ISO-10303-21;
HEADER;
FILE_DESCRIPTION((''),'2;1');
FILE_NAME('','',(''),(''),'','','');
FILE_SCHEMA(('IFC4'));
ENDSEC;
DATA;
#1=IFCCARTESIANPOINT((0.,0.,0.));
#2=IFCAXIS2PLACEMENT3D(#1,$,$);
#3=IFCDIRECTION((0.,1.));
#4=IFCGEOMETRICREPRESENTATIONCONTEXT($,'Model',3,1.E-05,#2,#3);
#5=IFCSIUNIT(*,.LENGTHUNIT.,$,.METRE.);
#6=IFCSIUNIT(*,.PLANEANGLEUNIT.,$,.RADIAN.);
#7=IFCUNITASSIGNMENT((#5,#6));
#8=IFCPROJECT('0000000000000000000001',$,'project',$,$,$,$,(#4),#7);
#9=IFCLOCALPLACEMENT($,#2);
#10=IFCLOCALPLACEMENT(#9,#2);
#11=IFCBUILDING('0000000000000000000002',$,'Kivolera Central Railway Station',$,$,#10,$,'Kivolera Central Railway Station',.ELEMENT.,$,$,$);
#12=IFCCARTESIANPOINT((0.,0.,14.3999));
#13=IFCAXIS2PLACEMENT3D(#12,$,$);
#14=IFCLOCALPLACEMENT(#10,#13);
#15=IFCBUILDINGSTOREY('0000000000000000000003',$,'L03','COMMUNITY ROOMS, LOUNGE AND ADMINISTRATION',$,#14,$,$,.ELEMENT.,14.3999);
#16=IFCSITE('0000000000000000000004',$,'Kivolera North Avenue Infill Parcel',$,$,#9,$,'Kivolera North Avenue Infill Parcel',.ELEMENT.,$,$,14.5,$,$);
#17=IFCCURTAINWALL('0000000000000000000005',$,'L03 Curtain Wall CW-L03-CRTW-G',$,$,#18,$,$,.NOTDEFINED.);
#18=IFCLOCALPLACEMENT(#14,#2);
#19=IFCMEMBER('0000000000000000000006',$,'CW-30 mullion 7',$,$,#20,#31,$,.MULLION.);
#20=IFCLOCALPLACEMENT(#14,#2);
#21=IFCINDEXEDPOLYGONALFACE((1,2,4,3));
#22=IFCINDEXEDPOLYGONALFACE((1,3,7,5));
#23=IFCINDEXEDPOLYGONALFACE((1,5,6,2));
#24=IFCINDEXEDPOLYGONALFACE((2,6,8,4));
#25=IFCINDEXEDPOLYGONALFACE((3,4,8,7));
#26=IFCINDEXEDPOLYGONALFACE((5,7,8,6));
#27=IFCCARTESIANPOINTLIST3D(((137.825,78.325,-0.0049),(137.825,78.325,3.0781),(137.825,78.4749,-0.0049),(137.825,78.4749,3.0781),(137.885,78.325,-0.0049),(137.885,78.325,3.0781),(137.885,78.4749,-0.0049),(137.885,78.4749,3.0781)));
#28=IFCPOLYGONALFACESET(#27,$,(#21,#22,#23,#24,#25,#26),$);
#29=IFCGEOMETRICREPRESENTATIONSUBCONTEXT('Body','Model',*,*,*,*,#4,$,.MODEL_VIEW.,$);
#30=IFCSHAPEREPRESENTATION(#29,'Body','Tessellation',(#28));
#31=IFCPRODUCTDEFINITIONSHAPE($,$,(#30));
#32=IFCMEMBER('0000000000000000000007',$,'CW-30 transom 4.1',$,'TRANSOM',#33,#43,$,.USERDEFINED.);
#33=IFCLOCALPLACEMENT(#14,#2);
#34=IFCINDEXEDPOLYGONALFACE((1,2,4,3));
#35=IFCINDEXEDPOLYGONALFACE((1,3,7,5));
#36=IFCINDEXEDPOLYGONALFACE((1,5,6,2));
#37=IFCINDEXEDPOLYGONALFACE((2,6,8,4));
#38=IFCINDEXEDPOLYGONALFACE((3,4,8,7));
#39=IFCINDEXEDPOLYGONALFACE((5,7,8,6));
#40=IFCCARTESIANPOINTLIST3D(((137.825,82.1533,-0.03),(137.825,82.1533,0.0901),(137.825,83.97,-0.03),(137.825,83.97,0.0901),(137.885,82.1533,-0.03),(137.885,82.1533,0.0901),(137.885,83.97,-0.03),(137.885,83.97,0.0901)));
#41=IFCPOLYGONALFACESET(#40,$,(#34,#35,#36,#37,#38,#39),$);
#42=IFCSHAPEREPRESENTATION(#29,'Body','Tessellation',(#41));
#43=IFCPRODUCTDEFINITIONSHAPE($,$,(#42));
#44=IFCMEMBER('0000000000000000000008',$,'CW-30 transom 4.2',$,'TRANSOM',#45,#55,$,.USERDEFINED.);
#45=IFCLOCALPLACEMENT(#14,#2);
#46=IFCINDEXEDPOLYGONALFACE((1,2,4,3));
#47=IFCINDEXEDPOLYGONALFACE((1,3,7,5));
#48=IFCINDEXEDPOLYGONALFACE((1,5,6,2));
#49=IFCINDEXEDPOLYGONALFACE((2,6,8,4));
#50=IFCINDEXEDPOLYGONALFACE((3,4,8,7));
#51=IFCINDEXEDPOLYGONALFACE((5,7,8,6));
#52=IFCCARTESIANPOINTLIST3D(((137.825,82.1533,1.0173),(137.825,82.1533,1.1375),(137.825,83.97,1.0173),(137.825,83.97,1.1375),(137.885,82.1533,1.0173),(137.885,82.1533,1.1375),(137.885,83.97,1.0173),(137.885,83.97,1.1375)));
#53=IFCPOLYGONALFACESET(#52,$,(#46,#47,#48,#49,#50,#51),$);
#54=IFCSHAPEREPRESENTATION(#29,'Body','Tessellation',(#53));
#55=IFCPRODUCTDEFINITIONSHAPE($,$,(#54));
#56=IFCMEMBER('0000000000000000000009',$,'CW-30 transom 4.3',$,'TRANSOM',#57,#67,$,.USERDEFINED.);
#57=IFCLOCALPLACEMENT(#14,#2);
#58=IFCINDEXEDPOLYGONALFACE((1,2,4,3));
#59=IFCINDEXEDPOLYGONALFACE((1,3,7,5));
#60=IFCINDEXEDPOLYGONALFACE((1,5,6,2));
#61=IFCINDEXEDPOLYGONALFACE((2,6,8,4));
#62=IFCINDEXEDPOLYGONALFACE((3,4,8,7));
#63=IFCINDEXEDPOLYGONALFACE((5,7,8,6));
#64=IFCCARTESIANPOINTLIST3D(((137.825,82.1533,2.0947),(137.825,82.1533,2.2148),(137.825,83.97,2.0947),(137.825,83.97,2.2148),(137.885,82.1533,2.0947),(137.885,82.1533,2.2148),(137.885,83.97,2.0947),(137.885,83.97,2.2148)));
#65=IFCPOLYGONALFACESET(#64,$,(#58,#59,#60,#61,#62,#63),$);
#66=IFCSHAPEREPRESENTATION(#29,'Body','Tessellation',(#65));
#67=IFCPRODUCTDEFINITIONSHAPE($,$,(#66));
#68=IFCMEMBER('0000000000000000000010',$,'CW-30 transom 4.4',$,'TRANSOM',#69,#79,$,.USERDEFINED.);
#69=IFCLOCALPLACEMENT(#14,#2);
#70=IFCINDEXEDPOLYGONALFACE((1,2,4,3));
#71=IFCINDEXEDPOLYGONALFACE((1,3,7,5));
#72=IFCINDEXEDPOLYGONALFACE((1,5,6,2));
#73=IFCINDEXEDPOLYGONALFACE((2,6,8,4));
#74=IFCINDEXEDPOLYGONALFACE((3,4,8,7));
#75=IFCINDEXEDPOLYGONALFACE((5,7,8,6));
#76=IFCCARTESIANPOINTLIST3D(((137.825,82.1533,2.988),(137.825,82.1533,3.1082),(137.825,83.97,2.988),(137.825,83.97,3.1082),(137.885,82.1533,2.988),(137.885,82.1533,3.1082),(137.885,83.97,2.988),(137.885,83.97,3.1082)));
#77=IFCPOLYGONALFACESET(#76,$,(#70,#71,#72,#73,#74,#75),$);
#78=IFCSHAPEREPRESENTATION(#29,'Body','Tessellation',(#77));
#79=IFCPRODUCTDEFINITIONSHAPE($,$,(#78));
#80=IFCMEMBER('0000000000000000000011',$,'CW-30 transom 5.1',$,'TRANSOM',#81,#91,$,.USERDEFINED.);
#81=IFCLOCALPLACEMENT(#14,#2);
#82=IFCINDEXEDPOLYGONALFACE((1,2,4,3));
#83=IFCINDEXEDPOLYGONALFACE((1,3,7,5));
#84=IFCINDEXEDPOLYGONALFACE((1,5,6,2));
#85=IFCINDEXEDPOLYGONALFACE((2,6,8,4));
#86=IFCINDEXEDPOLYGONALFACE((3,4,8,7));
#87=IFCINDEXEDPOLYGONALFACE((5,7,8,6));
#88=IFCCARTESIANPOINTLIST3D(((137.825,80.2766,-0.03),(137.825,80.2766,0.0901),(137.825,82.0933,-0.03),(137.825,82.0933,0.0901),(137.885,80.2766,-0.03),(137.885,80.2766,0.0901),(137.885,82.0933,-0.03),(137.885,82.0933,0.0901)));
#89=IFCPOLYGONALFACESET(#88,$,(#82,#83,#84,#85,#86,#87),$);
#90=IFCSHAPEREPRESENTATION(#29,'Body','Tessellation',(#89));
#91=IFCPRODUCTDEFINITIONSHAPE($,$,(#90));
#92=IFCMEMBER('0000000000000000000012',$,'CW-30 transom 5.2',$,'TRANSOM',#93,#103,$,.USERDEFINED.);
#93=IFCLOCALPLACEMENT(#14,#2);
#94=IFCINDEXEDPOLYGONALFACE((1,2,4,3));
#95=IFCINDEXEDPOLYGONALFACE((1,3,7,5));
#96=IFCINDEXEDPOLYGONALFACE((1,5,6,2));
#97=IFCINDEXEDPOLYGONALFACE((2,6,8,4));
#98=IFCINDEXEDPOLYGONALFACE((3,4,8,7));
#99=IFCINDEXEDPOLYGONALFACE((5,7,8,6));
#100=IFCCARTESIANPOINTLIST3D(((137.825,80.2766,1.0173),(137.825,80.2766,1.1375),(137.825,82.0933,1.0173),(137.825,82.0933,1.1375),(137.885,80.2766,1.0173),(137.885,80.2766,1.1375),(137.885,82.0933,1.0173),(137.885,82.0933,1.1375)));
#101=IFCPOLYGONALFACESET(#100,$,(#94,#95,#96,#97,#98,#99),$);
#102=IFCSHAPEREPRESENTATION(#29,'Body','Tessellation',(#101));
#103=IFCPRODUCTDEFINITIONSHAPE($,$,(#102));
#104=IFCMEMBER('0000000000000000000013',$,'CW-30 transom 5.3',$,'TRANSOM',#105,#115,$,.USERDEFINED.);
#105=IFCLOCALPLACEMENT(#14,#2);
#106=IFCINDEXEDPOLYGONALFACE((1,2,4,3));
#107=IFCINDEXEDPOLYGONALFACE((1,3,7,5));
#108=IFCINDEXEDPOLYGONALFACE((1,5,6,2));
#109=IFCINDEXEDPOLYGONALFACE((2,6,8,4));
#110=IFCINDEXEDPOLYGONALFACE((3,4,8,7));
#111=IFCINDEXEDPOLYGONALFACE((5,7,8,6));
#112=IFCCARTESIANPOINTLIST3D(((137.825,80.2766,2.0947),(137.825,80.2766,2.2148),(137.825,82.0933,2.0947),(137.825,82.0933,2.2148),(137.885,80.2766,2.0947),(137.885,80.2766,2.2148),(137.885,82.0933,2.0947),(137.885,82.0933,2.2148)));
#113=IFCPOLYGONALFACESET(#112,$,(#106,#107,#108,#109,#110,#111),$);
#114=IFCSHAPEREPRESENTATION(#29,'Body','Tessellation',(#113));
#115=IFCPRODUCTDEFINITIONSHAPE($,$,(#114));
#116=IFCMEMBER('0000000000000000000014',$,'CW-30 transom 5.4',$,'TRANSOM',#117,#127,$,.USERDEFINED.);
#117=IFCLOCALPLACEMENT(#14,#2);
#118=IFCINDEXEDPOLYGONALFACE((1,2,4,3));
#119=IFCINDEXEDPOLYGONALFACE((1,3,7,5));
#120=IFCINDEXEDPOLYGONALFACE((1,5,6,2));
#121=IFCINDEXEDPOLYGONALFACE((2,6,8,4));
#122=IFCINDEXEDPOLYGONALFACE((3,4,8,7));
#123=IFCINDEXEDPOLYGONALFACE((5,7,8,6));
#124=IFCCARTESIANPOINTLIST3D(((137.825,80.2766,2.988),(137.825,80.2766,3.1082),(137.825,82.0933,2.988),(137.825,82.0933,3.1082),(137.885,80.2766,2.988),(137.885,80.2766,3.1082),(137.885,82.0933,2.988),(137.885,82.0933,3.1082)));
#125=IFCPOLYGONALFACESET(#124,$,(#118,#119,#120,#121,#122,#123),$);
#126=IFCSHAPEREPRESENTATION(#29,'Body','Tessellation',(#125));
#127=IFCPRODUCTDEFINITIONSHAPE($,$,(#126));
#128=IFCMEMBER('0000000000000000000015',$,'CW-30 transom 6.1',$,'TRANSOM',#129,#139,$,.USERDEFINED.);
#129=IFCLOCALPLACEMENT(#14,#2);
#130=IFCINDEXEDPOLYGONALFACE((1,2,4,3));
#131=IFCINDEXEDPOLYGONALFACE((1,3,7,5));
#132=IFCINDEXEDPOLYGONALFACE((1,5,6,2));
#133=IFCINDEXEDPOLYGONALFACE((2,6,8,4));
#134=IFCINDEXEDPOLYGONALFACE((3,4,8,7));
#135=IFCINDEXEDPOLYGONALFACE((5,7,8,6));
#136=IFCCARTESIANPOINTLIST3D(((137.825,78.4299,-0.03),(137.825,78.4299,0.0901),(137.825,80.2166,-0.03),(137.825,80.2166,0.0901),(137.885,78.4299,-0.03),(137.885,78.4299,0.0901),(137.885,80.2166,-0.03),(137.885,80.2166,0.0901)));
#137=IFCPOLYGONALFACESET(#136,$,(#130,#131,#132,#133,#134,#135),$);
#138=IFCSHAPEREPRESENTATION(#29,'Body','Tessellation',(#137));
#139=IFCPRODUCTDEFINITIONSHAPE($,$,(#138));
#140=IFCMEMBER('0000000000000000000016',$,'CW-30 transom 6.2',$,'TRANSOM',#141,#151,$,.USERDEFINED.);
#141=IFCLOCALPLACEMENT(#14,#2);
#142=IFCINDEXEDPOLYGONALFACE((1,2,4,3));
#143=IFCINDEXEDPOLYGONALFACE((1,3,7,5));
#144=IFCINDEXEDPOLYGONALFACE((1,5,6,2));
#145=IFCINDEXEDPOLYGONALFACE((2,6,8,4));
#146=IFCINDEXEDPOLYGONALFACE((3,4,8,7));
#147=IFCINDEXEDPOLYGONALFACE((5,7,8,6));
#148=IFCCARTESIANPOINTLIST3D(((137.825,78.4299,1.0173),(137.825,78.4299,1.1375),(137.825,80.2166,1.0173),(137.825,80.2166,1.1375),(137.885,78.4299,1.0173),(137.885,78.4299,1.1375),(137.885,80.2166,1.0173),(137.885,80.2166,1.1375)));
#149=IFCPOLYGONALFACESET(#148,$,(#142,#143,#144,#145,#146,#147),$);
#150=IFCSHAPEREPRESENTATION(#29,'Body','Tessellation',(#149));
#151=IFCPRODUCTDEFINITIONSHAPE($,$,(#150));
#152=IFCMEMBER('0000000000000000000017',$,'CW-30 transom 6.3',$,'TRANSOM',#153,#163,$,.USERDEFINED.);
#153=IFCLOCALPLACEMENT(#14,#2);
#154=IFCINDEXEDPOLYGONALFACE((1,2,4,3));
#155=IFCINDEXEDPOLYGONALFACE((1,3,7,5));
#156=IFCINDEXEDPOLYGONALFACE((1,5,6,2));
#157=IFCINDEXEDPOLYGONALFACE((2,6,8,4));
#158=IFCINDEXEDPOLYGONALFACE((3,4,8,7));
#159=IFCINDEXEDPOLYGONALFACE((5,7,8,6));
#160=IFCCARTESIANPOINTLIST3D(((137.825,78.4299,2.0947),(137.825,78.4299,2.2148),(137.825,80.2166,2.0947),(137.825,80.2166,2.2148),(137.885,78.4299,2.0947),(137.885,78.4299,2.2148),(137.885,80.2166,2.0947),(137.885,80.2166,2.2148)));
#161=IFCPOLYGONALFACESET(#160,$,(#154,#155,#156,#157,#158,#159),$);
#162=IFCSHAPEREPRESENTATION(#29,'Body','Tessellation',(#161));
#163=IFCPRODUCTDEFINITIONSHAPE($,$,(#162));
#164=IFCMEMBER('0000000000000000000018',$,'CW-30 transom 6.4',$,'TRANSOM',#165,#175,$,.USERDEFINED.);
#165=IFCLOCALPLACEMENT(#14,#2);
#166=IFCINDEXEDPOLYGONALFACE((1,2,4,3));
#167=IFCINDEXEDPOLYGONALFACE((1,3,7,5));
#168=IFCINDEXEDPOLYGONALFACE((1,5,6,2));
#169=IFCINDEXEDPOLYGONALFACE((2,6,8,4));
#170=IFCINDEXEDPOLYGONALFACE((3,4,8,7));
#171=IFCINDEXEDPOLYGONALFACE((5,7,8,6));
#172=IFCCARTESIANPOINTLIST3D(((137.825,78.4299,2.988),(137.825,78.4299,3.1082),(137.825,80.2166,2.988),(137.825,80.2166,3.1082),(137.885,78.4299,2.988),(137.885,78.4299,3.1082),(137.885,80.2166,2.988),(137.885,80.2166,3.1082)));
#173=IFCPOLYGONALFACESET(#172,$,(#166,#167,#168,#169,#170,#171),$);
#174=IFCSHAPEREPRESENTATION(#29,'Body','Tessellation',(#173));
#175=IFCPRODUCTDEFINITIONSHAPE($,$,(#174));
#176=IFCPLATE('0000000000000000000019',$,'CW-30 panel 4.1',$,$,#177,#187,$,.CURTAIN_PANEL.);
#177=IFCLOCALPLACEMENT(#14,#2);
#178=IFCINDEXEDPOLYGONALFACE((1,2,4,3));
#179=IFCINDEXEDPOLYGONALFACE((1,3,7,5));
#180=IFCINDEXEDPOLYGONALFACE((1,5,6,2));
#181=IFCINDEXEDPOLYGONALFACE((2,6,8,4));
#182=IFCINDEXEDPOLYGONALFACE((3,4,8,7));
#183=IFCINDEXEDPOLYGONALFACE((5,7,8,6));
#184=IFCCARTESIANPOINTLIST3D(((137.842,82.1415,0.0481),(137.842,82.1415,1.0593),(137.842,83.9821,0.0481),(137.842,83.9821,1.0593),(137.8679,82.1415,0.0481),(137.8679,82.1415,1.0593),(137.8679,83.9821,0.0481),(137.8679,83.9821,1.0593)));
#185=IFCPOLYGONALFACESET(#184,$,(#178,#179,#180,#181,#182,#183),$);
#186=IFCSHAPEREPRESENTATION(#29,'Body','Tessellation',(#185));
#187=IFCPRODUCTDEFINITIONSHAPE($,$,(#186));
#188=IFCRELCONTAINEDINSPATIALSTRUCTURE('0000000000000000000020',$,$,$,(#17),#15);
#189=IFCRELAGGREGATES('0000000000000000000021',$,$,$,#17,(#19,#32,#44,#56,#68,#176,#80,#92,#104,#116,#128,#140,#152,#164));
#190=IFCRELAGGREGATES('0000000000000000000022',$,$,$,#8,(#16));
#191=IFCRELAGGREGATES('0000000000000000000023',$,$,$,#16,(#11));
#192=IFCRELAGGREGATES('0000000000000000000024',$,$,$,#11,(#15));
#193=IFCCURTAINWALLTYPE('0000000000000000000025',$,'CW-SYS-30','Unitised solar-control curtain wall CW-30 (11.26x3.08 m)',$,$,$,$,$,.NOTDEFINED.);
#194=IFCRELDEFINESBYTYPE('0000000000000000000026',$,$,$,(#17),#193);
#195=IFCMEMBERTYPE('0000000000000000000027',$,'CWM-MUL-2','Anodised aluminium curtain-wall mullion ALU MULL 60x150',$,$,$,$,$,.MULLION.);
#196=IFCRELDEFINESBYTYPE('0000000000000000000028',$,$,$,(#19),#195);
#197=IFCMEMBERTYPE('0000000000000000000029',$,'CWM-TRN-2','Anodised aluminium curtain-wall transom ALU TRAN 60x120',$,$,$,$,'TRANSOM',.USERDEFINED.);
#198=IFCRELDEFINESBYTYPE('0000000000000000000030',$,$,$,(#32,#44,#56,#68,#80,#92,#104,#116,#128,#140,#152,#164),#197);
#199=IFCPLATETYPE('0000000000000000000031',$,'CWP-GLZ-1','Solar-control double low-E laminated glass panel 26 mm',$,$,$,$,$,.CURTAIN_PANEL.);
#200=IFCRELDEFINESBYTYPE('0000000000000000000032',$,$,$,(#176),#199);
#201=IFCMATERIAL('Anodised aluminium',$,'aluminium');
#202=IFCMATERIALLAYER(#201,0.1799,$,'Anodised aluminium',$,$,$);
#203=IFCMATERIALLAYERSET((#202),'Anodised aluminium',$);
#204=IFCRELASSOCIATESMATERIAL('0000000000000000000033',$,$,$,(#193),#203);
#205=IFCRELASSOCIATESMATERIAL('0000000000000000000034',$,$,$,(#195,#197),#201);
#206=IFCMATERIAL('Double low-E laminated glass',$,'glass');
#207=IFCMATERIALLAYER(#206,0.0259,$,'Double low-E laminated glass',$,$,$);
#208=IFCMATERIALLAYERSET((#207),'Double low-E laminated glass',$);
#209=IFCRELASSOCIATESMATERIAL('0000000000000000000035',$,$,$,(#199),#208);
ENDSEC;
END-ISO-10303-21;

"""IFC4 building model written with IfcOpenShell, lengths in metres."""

from ifc_helpers import new_model, si_unit, direction, frame, origin, origin_2d, place, context, subcontext, project, spatial, rectangle, extrude, material, layer, layer_set, material_profile, profile_set, type_object, element, aggregate, save


model = new_model("IFC4")

# Units and contexts
model_context = context("Model", 3, precision=1e-05, world=origin(), true_north=direction((0.0, 1.0)))
body_context = subcontext(model_context, "Body", "Model", "MODEL_VIEW")
ifc_project = project(units=[si_unit("LENGTHUNIT", "METRE"), si_unit("PLANEANGLEUNIT", "RADIAN")], contexts=[model_context])

# Site, building, storey
site_placement = place(None, origin())
site = spatial("IfcSite", under=ifc_project, at=site_placement, Name="Kivolera North Avenue Infill Parcel", LongName="Kivolera North Avenue Infill Parcel", CompositionType="ELEMENT", RefElevation=14.5)
building_placement = place(site_placement, origin())
building = spatial("IfcBuilding", under=site, at=building_placement, Name="Kivolera Central Railway Station", LongName="Kivolera Central Railway Station", CompositionType="ELEMENT")
storey_placement = place(building_placement, frame((0.0, 0.0, 14.3999)))
storey = spatial("IfcBuildingStorey", under=building, at=storey_placement, Name="L03", Description="COMMUNITY ROOMS, LOUNGE AND ADMINISTRATION", CompositionType="ELEMENT", Elevation=14.3999)

# Curtain wall, members, plate
ifc_material_1 = material(Name="Anodised aluminium", Category="aluminium")
ifc_layer_1 = layer(ifc_material_1, 0.1799, Name="Anodised aluminium")
ifc_layer_set_1 = layer_set([ifc_layer_1], Name="Anodised aluminium")
curtain_wall_type = type_object("IfcCurtainWallType", Name="CW-SYS-30", Description="Unitised solar-control curtain wall CW-30 (11.26x3.08 m)", PredefinedType="NOTDEFINED", material=ifc_layer_set_1)
curtain_wall_placement = place(storey_placement, origin())
curtain_wall = element("IfcCurtainWall", 1, at=curtain_wall_placement, inside=storey, type_object=curtain_wall_type, Name="L03 Curtain Wall CW-L03-CRTW-G", PredefinedType="NOTDEFINED")
ifc_material_profile_1 = material_profile(ifc_material_1, rectangle(XDim=0.0601, YDim=0.1499, at=origin_2d()), Name="ALU MULL 60x150")
ifc_profile_set_1 = profile_set([ifc_material_profile_1], Name="Anodised aluminium")
member_type_1 = type_object("IfcMemberType", Name="CWM-MUL-2", Description="Anodised aluminium curtain-wall mullion ALU MULL 60x150", PredefinedType="MULLION", material=ifc_profile_set_1)
member_1_placement = place(storey_placement, frame((137.855, 78.3999, -0.0049), z_axis=(0.0, 0.0, 1.0), x_axis=(1.0, 0.0, 0.0)))
member_1 = element("IfcMember", 2, at=member_1_placement, type_object=member_type_1, Name="CW-30 mullion 7", PredefinedType="MULLION", context=body_context, shape_type="SweptSolid", body=[
    extrude(rectangle(XDim=0.0601, YDim=0.1499, at=origin_2d()), origin(), (0.0, 0.0, 1.0), 3.083),
])
ifc_material_profile_2 = material_profile(ifc_material_1, rectangle(XDim=0.0601, YDim=0.1201, at=origin_2d()), Name="ALU TRAN 60x120")
ifc_profile_set_2 = profile_set([ifc_material_profile_2], Name="Anodised aluminium")
member_type_2 = type_object("IfcMemberType", Name="CWM-TRN-2", Description="Anodised aluminium curtain-wall transom ALU TRAN 60x120", ElementType="TRANSOM", PredefinedType="USERDEFINED", material=ifc_profile_set_2)
member_2_placement = place(storey_placement, frame((137.855, 83.97, 0.03), z_axis=(0.0, -1.0, 0.0), x_axis=(1.0, 0.0, 0.0)))
member_2 = element("IfcMember", 3, at=member_2_placement, type_object=member_type_2, Name="CW-30 transom 4.1", ObjectType="TRANSOM", PredefinedType="USERDEFINED", context=body_context, shape_type="SweptSolid", body=[
    extrude(rectangle(XDim=0.0601, YDim=0.1201, at=origin_2d()), origin(), (0.0, 0.0, 1.0), 1.8167),
])
member_3_placement = place(storey_placement, frame((137.855, 83.97, 1.0774), z_axis=(0.0, -1.0, 0.0), x_axis=(1.0, 0.0, 0.0)))
member_3 = element("IfcMember", 4, at=member_3_placement, type_object=member_type_2, Name="CW-30 transom 4.2", ObjectType="TRANSOM", PredefinedType="USERDEFINED", context=body_context, shape_type="SweptSolid", body=[
    extrude(rectangle(XDim=0.0601, YDim=0.1201, at=origin_2d()), origin(), (0.0, 0.0, 1.0), 1.8167),
])
member_4_placement = place(storey_placement, frame((137.855, 83.97, 2.1548), z_axis=(0.0, -1.0, 0.0), x_axis=(1.0, 0.0, 0.0)))
member_4 = element("IfcMember", 5, at=member_4_placement, type_object=member_type_2, Name="CW-30 transom 4.3", ObjectType="TRANSOM", PredefinedType="USERDEFINED", context=body_context, shape_type="SweptSolid", body=[
    extrude(rectangle(XDim=0.0601, YDim=0.1201, at=origin_2d()), origin(), (0.0, 0.0, 1.0), 1.8167),
])
member_5_placement = place(storey_placement, frame((137.855, 83.97, 3.0481), z_axis=(0.0, -1.0, 0.0), x_axis=(1.0, 0.0, 0.0)))
member_5 = element("IfcMember", 6, at=member_5_placement, type_object=member_type_2, Name="CW-30 transom 4.4", ObjectType="TRANSOM", PredefinedType="USERDEFINED", context=body_context, shape_type="SweptSolid", body=[
    extrude(rectangle(XDim=0.0601, YDim=0.1201, at=origin_2d()), origin(), (0.0, 0.0, 1.0), 1.8167),
])
member_6_placement = place(storey_placement, frame((137.855, 82.0933, 0.03), z_axis=(0.0, -1.0, 0.0), x_axis=(1.0, 0.0, 0.0)))
member_6 = element("IfcMember", 7, at=member_6_placement, type_object=member_type_2, Name="CW-30 transom 5.1", ObjectType="TRANSOM", PredefinedType="USERDEFINED", context=body_context, shape_type="SweptSolid", body=[
    extrude(rectangle(XDim=0.0601, YDim=0.1201, at=origin_2d()), origin(), (0.0, 0.0, 1.0), 1.8167),
])
member_7_placement = place(storey_placement, frame((137.855, 82.0933, 1.0774), z_axis=(0.0, -1.0, 0.0), x_axis=(1.0, 0.0, 0.0)))
member_7 = element("IfcMember", 8, at=member_7_placement, type_object=member_type_2, Name="CW-30 transom 5.2", ObjectType="TRANSOM", PredefinedType="USERDEFINED", context=body_context, shape_type="SweptSolid", body=[
    extrude(rectangle(XDim=0.0601, YDim=0.1201, at=origin_2d()), origin(), (0.0, 0.0, 1.0), 1.8167),
])
member_8_placement = place(storey_placement, frame((137.855, 82.0933, 2.1548), z_axis=(0.0, -1.0, 0.0), x_axis=(1.0, 0.0, 0.0)))
member_8 = element("IfcMember", 9, at=member_8_placement, type_object=member_type_2, Name="CW-30 transom 5.3", ObjectType="TRANSOM", PredefinedType="USERDEFINED", context=body_context, shape_type="SweptSolid", body=[
    extrude(rectangle(XDim=0.0601, YDim=0.1201, at=origin_2d()), origin(), (0.0, 0.0, 1.0), 1.8167),
])
member_9_placement = place(storey_placement, frame((137.855, 82.0933, 3.0481), z_axis=(0.0, -1.0, 0.0), x_axis=(1.0, 0.0, 0.0)))
member_9 = element("IfcMember", 10, at=member_9_placement, type_object=member_type_2, Name="CW-30 transom 5.4", ObjectType="TRANSOM", PredefinedType="USERDEFINED", context=body_context, shape_type="SweptSolid", body=[
    extrude(rectangle(XDim=0.0601, YDim=0.1201, at=origin_2d()), origin(), (0.0, 0.0, 1.0), 1.8167),
])
member_10_placement = place(storey_placement, frame((137.855, 80.2166, 0.03), z_axis=(0.0, -1.0, 0.0), x_axis=(1.0, 0.0, 0.0)))
member_10 = element("IfcMember", 11, at=member_10_placement, type_object=member_type_2, Name="CW-30 transom 6.1", ObjectType="TRANSOM", PredefinedType="USERDEFINED", context=body_context, shape_type="SweptSolid", body=[
    extrude(rectangle(XDim=0.0601, YDim=0.1201, at=origin_2d()), origin(), (0.0, 0.0, 1.0), 1.7866),
])
member_11_placement = place(storey_placement, frame((137.855, 80.2166, 1.0774), z_axis=(0.0, -1.0, 0.0), x_axis=(1.0, 0.0, 0.0)))
member_11 = element("IfcMember", 12, at=member_11_placement, type_object=member_type_2, Name="CW-30 transom 6.2", ObjectType="TRANSOM", PredefinedType="USERDEFINED", context=body_context, shape_type="SweptSolid", body=[
    extrude(rectangle(XDim=0.0601, YDim=0.1201, at=origin_2d()), origin(), (0.0, 0.0, 1.0), 1.7866),
])
member_12_placement = place(storey_placement, frame((137.855, 80.2166, 2.1548), z_axis=(0.0, -1.0, 0.0), x_axis=(1.0, 0.0, 0.0)))
member_12 = element("IfcMember", 13, at=member_12_placement, type_object=member_type_2, Name="CW-30 transom 6.3", ObjectType="TRANSOM", PredefinedType="USERDEFINED", context=body_context, shape_type="SweptSolid", body=[
    extrude(rectangle(XDim=0.0601, YDim=0.1201, at=origin_2d()), origin(), (0.0, 0.0, 1.0), 1.7866),
])
member_13_placement = place(storey_placement, frame((137.855, 80.2166, 3.0481), z_axis=(0.0, -1.0, 0.0), x_axis=(1.0, 0.0, 0.0)))
member_13 = element("IfcMember", 14, at=member_13_placement, type_object=member_type_2, Name="CW-30 transom 6.4", ObjectType="TRANSOM", PredefinedType="USERDEFINED", context=body_context, shape_type="SweptSolid", body=[
    extrude(rectangle(XDim=0.0601, YDim=0.1201, at=origin_2d()), origin(), (0.0, 0.0, 1.0), 1.7866),
])
ifc_material_2 = material(Name="Double low-E laminated glass", Category="glass")
ifc_layer_2 = layer(ifc_material_2, 0.0259, Name="Double low-E laminated glass")
ifc_layer_set_2 = layer_set([ifc_layer_2], Name="Double low-E laminated glass")
plate_type = type_object("IfcPlateType", Name="CWP-GLZ-1", Description="Solar-control double low-E laminated glass panel 26 mm", PredefinedType="CURTAIN_PANEL", material=ifc_layer_set_2)
plate_1_placement = place(storey_placement, frame((137.855, 83.0618, 0.0481), z_axis=(0.0, 0.0, 1.0), x_axis=(0.0, -1.0, 0.0)))
plate_1 = element("IfcPlate", 15, at=plate_1_placement, type_object=plate_type, Name="CW-30 panel 4.1", PredefinedType="CURTAIN_PANEL", context=body_context, shape_type="SweptSolid", body=[
    extrude(rectangle(XDim=1.8406, YDim=0.0259, at=origin_2d()), origin(), (0.0, 0.0, 1.0), 1.0112),
])
aggregate(curtain_wall, [member_1, member_2, member_3, member_4, member_5, plate_1, member_6, member_7, member_8, member_9, member_10, member_11, member_12, member_13])

save(model, "model.ifc")
